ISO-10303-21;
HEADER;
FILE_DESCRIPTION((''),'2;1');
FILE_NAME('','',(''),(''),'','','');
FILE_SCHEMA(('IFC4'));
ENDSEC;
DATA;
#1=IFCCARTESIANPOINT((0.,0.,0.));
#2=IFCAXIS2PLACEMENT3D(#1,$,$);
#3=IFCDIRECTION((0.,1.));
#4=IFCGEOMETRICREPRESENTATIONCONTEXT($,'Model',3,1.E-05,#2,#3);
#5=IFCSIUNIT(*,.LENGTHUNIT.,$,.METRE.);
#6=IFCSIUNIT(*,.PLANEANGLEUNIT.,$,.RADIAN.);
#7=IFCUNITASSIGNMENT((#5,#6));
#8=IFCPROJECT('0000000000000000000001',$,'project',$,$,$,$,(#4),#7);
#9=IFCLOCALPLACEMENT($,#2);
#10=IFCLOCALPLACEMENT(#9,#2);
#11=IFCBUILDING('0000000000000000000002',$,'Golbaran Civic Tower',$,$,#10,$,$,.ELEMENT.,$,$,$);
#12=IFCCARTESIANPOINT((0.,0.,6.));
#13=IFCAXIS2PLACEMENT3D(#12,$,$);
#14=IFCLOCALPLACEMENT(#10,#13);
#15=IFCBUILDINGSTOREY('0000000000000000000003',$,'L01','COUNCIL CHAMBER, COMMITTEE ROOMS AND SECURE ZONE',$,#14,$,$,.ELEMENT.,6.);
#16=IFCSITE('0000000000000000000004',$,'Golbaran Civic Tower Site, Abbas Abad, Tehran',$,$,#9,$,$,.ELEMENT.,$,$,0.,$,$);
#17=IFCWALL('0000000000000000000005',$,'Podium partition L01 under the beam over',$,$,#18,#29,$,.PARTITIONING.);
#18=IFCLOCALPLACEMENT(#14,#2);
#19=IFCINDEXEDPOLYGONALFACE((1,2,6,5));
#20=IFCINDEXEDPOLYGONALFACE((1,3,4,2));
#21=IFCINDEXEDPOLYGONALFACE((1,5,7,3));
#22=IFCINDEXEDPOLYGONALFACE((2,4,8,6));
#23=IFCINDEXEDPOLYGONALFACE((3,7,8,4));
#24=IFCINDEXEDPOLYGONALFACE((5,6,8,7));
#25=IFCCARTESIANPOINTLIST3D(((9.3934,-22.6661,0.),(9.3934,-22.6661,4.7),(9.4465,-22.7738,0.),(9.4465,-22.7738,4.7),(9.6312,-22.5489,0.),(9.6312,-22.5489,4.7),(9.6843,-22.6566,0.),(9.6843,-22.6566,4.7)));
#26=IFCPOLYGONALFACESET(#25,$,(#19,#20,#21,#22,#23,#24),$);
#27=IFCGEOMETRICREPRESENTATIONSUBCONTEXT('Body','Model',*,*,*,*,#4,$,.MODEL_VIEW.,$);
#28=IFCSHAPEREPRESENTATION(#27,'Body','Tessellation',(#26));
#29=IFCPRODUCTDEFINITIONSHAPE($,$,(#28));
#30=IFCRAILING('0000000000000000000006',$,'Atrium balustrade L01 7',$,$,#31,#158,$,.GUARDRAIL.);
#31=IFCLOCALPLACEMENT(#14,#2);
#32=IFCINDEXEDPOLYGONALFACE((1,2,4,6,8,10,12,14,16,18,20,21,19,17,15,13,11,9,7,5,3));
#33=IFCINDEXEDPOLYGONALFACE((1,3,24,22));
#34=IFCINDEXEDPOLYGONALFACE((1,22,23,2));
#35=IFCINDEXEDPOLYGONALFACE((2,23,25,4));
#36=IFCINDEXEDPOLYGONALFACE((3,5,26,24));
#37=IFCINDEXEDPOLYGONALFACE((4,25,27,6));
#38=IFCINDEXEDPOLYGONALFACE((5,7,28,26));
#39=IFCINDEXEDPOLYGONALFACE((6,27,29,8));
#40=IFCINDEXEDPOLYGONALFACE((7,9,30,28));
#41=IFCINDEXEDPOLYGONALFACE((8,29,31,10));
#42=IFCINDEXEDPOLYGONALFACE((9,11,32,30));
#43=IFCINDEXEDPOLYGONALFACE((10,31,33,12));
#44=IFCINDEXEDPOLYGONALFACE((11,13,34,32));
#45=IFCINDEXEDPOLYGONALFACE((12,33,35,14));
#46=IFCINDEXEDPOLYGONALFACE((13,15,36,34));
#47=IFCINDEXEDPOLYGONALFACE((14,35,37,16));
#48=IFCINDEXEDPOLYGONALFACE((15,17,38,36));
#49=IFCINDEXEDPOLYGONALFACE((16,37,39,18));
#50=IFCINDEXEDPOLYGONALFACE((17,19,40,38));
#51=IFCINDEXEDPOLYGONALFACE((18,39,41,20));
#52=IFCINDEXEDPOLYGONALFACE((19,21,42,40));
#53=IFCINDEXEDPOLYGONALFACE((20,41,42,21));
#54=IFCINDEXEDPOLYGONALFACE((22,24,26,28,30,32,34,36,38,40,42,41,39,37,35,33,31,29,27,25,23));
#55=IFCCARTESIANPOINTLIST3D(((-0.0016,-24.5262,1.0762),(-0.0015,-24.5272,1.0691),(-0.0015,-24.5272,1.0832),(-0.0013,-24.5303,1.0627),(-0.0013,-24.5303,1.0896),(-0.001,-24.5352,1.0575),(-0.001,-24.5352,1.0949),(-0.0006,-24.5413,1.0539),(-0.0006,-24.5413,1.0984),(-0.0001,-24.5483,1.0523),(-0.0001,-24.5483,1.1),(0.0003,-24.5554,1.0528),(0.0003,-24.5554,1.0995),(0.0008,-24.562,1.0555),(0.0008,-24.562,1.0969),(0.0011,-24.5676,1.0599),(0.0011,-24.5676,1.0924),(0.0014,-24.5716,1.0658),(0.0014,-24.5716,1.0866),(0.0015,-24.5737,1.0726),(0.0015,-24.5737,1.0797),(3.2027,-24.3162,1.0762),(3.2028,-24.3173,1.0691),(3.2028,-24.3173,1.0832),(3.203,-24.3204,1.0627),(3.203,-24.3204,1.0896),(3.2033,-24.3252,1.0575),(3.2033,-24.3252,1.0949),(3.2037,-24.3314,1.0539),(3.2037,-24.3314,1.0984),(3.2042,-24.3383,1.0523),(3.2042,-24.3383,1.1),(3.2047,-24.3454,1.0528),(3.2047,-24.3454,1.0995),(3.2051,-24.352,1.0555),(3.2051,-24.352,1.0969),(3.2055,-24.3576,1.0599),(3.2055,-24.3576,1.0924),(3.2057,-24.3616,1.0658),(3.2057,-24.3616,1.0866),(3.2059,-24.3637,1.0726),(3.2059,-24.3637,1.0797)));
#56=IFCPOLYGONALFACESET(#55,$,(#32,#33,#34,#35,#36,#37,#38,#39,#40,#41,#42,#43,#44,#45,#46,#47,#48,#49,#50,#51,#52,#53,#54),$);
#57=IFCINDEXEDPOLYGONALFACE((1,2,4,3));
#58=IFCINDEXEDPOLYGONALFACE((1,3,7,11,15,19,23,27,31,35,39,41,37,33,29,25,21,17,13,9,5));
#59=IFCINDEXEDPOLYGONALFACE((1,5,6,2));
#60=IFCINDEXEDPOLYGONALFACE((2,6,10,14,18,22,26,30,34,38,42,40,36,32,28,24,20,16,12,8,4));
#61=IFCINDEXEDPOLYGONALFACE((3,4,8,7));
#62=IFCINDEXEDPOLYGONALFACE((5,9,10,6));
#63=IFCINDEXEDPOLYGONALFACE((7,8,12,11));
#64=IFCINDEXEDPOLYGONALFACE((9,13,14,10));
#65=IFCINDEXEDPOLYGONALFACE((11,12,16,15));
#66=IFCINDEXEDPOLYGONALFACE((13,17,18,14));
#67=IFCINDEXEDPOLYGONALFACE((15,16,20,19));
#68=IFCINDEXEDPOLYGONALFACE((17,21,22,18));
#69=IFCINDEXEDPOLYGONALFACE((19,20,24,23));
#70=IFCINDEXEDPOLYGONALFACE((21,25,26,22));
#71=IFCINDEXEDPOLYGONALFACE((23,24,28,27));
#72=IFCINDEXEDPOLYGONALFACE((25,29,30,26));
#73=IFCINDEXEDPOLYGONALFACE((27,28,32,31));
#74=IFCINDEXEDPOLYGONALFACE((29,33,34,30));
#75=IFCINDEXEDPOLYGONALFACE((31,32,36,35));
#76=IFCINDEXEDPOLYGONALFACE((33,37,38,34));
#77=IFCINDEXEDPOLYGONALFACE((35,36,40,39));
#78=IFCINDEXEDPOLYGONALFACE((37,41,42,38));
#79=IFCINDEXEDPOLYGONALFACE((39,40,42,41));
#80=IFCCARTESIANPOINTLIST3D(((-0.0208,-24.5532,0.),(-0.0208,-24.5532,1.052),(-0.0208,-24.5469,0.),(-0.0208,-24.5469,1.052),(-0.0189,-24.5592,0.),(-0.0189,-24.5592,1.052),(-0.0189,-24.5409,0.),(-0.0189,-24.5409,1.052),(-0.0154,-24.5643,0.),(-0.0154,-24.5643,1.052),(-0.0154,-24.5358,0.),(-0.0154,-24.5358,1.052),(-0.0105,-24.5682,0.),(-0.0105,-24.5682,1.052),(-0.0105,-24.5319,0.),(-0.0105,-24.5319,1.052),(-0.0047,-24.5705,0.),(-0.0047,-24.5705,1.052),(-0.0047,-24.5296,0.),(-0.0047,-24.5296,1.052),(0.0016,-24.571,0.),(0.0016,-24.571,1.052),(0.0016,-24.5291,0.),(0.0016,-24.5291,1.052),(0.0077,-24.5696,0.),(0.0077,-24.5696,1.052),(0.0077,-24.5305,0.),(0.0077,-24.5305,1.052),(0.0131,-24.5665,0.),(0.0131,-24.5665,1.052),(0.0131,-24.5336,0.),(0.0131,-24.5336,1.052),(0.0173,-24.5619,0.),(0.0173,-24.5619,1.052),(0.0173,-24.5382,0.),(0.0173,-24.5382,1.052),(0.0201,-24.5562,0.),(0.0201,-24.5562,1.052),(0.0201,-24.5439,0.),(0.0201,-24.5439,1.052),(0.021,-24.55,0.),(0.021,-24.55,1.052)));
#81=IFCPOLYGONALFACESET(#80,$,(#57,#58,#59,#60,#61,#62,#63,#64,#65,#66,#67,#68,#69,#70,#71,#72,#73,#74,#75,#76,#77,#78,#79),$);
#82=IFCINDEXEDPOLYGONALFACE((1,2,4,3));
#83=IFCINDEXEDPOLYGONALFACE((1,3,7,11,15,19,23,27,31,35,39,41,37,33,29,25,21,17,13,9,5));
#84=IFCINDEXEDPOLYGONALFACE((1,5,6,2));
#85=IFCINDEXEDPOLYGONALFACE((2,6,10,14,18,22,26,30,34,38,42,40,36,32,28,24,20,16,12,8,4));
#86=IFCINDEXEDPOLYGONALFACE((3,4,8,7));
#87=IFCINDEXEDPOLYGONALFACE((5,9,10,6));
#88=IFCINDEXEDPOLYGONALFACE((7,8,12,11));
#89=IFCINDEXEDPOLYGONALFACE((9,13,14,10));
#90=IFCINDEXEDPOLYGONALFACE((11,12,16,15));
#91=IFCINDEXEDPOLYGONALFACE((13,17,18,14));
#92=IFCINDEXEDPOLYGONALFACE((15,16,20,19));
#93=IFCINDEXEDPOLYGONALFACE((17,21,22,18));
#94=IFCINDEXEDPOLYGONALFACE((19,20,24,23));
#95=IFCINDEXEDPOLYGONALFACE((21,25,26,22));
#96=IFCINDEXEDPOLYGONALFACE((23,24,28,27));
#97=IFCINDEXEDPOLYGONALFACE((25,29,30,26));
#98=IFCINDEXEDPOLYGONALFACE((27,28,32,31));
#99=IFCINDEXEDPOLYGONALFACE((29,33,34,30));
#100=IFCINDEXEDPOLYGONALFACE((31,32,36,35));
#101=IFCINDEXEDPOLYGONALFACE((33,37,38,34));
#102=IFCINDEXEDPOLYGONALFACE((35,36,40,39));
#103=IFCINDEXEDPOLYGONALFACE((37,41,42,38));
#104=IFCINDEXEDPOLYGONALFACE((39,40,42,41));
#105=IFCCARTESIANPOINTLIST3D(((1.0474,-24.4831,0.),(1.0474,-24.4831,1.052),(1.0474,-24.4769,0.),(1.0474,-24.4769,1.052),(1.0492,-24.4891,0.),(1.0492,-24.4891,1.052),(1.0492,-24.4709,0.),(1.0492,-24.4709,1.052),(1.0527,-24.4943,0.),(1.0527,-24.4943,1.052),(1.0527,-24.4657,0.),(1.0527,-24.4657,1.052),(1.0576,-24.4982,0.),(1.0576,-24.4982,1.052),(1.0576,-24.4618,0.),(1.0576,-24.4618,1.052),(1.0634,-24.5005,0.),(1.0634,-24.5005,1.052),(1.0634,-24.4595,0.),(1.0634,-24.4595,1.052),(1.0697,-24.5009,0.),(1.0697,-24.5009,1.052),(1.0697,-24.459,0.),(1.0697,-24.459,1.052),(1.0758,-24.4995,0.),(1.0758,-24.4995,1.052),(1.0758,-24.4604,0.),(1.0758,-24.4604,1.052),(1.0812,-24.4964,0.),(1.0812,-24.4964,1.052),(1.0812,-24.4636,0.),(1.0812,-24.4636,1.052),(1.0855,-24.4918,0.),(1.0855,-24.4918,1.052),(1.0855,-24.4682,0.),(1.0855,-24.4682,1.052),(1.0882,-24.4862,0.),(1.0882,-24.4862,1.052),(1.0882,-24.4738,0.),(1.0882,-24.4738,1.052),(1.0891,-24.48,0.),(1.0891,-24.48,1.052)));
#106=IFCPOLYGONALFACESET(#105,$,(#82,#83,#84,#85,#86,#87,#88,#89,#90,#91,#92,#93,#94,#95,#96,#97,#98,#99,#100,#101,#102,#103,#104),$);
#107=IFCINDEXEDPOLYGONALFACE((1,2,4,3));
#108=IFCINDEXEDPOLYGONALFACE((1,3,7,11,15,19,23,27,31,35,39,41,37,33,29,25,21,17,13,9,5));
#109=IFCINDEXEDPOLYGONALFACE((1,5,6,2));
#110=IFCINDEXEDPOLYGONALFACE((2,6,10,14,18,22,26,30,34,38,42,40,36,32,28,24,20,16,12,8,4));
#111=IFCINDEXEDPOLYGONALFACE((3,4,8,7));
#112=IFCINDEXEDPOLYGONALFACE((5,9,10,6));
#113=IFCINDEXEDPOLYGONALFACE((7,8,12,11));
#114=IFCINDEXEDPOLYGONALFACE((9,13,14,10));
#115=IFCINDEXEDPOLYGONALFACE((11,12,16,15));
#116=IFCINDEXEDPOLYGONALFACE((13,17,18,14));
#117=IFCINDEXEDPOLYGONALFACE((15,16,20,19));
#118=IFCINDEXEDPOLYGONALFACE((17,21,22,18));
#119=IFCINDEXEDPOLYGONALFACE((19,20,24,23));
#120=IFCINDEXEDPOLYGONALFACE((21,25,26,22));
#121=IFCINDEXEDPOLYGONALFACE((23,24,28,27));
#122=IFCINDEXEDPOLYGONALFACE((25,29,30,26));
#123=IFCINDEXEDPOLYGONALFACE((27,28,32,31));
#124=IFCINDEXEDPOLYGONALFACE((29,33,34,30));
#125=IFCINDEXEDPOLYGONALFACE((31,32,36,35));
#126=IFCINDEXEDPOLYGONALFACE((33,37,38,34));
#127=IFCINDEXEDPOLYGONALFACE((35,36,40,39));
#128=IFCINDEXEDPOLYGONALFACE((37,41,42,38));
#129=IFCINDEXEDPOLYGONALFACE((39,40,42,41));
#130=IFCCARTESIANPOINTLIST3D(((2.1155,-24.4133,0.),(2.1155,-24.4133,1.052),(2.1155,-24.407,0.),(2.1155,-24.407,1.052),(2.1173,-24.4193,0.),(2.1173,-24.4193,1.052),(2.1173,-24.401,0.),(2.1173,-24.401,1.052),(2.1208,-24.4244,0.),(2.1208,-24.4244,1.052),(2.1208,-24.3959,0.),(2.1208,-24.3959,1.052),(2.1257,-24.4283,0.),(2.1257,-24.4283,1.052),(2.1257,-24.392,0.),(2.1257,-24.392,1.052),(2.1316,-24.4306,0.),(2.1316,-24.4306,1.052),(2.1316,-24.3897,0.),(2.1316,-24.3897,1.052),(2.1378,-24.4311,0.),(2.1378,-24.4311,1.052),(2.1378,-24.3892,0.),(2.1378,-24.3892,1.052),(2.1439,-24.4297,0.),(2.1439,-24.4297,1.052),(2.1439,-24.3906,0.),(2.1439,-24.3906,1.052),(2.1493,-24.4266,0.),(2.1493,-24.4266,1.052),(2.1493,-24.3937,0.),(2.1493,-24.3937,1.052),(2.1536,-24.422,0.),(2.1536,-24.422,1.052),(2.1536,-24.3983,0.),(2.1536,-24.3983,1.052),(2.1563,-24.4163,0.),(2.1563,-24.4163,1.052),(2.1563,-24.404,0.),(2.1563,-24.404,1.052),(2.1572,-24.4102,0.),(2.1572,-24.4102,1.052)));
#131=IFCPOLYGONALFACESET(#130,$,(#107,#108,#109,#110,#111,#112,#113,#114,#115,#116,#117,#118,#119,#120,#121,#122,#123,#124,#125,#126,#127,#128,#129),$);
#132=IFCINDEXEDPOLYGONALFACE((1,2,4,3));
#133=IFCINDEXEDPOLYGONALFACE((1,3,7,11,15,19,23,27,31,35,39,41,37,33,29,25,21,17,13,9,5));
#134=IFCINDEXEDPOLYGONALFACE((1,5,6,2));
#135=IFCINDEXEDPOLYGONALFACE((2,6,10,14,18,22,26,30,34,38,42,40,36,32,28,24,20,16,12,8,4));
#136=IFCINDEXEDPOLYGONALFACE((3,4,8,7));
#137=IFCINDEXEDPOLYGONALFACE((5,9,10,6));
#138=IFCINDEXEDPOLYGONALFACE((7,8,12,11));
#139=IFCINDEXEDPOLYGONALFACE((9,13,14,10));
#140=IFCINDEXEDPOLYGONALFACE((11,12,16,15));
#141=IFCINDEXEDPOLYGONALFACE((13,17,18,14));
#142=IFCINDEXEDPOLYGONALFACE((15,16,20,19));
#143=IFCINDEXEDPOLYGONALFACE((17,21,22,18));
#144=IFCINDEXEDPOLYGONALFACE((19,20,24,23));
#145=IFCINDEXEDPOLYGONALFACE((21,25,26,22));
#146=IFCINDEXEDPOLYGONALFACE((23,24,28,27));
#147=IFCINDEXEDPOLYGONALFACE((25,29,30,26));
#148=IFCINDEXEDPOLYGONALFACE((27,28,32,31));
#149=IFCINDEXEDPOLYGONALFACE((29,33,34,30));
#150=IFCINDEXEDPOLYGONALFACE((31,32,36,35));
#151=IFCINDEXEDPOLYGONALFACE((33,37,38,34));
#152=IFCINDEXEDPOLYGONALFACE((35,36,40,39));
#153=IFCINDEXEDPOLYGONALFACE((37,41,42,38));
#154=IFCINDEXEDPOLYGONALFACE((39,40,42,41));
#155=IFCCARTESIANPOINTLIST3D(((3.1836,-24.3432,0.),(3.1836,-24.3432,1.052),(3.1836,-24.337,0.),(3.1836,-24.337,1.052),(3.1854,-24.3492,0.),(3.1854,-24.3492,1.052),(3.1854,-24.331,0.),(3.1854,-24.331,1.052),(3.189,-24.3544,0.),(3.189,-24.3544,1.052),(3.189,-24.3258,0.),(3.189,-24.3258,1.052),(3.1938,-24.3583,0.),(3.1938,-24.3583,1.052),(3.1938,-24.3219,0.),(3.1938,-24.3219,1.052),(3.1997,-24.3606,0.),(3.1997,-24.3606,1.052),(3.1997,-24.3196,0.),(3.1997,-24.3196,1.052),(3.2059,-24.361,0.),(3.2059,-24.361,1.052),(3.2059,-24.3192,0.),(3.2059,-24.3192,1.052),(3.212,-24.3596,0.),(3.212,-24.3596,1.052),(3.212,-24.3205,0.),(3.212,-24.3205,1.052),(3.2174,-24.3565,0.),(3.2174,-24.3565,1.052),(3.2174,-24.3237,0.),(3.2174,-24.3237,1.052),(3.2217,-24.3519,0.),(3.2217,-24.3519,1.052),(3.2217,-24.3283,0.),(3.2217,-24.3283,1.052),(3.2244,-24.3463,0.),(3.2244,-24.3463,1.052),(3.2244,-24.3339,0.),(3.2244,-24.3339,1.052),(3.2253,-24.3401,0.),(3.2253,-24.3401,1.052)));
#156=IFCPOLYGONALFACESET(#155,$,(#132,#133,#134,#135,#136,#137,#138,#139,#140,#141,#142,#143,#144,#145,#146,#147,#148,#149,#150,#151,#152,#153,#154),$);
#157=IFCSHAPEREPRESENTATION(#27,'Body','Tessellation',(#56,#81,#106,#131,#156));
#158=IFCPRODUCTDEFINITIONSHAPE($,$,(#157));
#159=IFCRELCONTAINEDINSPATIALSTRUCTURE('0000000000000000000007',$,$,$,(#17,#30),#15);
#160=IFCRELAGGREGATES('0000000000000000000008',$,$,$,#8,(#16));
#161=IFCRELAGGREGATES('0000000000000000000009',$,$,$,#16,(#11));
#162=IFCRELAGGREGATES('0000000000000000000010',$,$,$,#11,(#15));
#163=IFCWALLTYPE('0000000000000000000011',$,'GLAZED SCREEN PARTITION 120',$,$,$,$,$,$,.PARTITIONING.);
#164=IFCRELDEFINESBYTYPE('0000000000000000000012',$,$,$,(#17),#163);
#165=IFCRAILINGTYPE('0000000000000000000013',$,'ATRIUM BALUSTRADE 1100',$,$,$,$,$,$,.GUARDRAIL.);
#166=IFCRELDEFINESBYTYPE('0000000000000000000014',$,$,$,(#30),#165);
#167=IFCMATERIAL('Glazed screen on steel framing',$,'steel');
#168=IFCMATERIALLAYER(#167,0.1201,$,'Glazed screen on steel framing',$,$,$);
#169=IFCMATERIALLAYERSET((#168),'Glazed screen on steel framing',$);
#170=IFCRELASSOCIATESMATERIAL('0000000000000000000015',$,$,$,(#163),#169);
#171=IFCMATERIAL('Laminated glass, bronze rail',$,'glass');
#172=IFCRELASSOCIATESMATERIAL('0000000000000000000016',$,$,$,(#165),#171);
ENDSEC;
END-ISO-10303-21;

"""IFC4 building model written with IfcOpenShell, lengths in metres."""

from ifc_helpers import new_model, si_unit, direction, frame, frame_2d, origin, origin_2d, place, context, subcontext, project, spatial, rectangle, circle, extrude, material, layer, layer_set, type_object, element, save


model = new_model("IFC4")

# Units and contexts
model_context = context("Model", 3, precision=1e-05, world=origin(), true_north=direction((0.0, 1.0)))
body_context = subcontext(model_context, "Body", "Model", "MODEL_VIEW")
ifc_project = project(units=[si_unit("LENGTHUNIT", "METRE"), si_unit("PLANEANGLEUNIT", "RADIAN")], contexts=[model_context])

# Site, building, storey
site_placement = place(None, origin())
site = spatial("IfcSite", under=ifc_project, at=site_placement, Name="Golbaran Civic Tower Site, Abbas Abad, Tehran", CompositionType="ELEMENT", RefElevation=0.0)
building_placement = place(site_placement, origin())
building = spatial("IfcBuilding", under=site, at=building_placement, Name="Golbaran Civic Tower", CompositionType="ELEMENT")
storey_placement = place(building_placement, frame((0.0, 0.0, 6.0)))
storey = spatial("IfcBuildingStorey", under=building, at=storey_placement, Name="L01", Description="COUNCIL CHAMBER, COMMITTEE ROOMS AND SECURE ZONE", CompositionType="ELEMENT", Elevation=6.0)

# Wall
ifc_material_1 = material(Name="Glazed screen on steel framing", Category="steel")
ifc_layer = layer(ifc_material_1, 0.1201, Name="Glazed screen on steel framing")
ifc_layer_set = layer_set([ifc_layer], Name="Glazed screen on steel framing")
wall_type = type_object("IfcWallType", Name="GLAZED SCREEN PARTITION 120", PredefinedType="PARTITIONING", material=ifc_layer_set)
wall_1_placement = place(storey_placement, frame((9.4199, -22.72, 0.0), z_axis=(0.0, 0.0, 1.0), x_axis=(0.896991, 0.442049, 0.0)))
element("IfcWall", 1, at=wall_1_placement, inside=storey, type_object=wall_type, Name="Podium partition L01 under the beam over", PredefinedType="PARTITIONING", context=body_context, shape_type="SweptSolid", body=[
    extrude(rectangle(XDim=0.2651, YDim=0.1201, at=frame_2d((0.1326, 0.0))), origin(), (0.0, 0.0, 1.0), 4.7),
])

# Railing
ifc_material_2 = material(Name="Laminated glass, bronze rail", Category="glass")
railing_type = type_object("IfcRailingType", Name="ATRIUM BALUSTRADE 1100", PredefinedType="GUARDRAIL", material=ifc_material_2)
railing_1_placement = place(storey_placement, frame((0.0, -24.55, 0.0)))
element("IfcRailing", 2, at=railing_1_placement, inside=storey, type_object=railing_type, Name="Atrium balustrade L01 7", PredefinedType="GUARDRAIL", context=body_context, shape_type="SweptSolid", body=[
    extrude(circle(Radius=0.0239, at=origin_2d()), frame((0.0, 0.0, 1.0762), z_axis=(0.99786, 0.065384, 0.0), x_axis=(-0.065384, 0.99786, 0.0)), (0.0, 0.0, 1.0), 3.2112),
    extrude(circle(Radius=0.021, at=origin_2d()), origin(), (0.0, 0.0, 1.0), 1.052),
    extrude(circle(Radius=0.021, at=origin_2d()), frame((1.0681, 0.0701, 0.0)), (0.0, 0.0, 1.0), 1.052),
    extrude(circle(Radius=0.021, at=origin_2d()), frame((2.1362, 0.1399, 0.0)), (0.0, 0.0, 1.0), 1.052),
    extrude(circle(Radius=0.021, at=origin_2d()), frame((3.2043, 0.21, 0.0)), (0.0, 0.0, 1.0), 1.052),
])

save(model, "model.ifc")
